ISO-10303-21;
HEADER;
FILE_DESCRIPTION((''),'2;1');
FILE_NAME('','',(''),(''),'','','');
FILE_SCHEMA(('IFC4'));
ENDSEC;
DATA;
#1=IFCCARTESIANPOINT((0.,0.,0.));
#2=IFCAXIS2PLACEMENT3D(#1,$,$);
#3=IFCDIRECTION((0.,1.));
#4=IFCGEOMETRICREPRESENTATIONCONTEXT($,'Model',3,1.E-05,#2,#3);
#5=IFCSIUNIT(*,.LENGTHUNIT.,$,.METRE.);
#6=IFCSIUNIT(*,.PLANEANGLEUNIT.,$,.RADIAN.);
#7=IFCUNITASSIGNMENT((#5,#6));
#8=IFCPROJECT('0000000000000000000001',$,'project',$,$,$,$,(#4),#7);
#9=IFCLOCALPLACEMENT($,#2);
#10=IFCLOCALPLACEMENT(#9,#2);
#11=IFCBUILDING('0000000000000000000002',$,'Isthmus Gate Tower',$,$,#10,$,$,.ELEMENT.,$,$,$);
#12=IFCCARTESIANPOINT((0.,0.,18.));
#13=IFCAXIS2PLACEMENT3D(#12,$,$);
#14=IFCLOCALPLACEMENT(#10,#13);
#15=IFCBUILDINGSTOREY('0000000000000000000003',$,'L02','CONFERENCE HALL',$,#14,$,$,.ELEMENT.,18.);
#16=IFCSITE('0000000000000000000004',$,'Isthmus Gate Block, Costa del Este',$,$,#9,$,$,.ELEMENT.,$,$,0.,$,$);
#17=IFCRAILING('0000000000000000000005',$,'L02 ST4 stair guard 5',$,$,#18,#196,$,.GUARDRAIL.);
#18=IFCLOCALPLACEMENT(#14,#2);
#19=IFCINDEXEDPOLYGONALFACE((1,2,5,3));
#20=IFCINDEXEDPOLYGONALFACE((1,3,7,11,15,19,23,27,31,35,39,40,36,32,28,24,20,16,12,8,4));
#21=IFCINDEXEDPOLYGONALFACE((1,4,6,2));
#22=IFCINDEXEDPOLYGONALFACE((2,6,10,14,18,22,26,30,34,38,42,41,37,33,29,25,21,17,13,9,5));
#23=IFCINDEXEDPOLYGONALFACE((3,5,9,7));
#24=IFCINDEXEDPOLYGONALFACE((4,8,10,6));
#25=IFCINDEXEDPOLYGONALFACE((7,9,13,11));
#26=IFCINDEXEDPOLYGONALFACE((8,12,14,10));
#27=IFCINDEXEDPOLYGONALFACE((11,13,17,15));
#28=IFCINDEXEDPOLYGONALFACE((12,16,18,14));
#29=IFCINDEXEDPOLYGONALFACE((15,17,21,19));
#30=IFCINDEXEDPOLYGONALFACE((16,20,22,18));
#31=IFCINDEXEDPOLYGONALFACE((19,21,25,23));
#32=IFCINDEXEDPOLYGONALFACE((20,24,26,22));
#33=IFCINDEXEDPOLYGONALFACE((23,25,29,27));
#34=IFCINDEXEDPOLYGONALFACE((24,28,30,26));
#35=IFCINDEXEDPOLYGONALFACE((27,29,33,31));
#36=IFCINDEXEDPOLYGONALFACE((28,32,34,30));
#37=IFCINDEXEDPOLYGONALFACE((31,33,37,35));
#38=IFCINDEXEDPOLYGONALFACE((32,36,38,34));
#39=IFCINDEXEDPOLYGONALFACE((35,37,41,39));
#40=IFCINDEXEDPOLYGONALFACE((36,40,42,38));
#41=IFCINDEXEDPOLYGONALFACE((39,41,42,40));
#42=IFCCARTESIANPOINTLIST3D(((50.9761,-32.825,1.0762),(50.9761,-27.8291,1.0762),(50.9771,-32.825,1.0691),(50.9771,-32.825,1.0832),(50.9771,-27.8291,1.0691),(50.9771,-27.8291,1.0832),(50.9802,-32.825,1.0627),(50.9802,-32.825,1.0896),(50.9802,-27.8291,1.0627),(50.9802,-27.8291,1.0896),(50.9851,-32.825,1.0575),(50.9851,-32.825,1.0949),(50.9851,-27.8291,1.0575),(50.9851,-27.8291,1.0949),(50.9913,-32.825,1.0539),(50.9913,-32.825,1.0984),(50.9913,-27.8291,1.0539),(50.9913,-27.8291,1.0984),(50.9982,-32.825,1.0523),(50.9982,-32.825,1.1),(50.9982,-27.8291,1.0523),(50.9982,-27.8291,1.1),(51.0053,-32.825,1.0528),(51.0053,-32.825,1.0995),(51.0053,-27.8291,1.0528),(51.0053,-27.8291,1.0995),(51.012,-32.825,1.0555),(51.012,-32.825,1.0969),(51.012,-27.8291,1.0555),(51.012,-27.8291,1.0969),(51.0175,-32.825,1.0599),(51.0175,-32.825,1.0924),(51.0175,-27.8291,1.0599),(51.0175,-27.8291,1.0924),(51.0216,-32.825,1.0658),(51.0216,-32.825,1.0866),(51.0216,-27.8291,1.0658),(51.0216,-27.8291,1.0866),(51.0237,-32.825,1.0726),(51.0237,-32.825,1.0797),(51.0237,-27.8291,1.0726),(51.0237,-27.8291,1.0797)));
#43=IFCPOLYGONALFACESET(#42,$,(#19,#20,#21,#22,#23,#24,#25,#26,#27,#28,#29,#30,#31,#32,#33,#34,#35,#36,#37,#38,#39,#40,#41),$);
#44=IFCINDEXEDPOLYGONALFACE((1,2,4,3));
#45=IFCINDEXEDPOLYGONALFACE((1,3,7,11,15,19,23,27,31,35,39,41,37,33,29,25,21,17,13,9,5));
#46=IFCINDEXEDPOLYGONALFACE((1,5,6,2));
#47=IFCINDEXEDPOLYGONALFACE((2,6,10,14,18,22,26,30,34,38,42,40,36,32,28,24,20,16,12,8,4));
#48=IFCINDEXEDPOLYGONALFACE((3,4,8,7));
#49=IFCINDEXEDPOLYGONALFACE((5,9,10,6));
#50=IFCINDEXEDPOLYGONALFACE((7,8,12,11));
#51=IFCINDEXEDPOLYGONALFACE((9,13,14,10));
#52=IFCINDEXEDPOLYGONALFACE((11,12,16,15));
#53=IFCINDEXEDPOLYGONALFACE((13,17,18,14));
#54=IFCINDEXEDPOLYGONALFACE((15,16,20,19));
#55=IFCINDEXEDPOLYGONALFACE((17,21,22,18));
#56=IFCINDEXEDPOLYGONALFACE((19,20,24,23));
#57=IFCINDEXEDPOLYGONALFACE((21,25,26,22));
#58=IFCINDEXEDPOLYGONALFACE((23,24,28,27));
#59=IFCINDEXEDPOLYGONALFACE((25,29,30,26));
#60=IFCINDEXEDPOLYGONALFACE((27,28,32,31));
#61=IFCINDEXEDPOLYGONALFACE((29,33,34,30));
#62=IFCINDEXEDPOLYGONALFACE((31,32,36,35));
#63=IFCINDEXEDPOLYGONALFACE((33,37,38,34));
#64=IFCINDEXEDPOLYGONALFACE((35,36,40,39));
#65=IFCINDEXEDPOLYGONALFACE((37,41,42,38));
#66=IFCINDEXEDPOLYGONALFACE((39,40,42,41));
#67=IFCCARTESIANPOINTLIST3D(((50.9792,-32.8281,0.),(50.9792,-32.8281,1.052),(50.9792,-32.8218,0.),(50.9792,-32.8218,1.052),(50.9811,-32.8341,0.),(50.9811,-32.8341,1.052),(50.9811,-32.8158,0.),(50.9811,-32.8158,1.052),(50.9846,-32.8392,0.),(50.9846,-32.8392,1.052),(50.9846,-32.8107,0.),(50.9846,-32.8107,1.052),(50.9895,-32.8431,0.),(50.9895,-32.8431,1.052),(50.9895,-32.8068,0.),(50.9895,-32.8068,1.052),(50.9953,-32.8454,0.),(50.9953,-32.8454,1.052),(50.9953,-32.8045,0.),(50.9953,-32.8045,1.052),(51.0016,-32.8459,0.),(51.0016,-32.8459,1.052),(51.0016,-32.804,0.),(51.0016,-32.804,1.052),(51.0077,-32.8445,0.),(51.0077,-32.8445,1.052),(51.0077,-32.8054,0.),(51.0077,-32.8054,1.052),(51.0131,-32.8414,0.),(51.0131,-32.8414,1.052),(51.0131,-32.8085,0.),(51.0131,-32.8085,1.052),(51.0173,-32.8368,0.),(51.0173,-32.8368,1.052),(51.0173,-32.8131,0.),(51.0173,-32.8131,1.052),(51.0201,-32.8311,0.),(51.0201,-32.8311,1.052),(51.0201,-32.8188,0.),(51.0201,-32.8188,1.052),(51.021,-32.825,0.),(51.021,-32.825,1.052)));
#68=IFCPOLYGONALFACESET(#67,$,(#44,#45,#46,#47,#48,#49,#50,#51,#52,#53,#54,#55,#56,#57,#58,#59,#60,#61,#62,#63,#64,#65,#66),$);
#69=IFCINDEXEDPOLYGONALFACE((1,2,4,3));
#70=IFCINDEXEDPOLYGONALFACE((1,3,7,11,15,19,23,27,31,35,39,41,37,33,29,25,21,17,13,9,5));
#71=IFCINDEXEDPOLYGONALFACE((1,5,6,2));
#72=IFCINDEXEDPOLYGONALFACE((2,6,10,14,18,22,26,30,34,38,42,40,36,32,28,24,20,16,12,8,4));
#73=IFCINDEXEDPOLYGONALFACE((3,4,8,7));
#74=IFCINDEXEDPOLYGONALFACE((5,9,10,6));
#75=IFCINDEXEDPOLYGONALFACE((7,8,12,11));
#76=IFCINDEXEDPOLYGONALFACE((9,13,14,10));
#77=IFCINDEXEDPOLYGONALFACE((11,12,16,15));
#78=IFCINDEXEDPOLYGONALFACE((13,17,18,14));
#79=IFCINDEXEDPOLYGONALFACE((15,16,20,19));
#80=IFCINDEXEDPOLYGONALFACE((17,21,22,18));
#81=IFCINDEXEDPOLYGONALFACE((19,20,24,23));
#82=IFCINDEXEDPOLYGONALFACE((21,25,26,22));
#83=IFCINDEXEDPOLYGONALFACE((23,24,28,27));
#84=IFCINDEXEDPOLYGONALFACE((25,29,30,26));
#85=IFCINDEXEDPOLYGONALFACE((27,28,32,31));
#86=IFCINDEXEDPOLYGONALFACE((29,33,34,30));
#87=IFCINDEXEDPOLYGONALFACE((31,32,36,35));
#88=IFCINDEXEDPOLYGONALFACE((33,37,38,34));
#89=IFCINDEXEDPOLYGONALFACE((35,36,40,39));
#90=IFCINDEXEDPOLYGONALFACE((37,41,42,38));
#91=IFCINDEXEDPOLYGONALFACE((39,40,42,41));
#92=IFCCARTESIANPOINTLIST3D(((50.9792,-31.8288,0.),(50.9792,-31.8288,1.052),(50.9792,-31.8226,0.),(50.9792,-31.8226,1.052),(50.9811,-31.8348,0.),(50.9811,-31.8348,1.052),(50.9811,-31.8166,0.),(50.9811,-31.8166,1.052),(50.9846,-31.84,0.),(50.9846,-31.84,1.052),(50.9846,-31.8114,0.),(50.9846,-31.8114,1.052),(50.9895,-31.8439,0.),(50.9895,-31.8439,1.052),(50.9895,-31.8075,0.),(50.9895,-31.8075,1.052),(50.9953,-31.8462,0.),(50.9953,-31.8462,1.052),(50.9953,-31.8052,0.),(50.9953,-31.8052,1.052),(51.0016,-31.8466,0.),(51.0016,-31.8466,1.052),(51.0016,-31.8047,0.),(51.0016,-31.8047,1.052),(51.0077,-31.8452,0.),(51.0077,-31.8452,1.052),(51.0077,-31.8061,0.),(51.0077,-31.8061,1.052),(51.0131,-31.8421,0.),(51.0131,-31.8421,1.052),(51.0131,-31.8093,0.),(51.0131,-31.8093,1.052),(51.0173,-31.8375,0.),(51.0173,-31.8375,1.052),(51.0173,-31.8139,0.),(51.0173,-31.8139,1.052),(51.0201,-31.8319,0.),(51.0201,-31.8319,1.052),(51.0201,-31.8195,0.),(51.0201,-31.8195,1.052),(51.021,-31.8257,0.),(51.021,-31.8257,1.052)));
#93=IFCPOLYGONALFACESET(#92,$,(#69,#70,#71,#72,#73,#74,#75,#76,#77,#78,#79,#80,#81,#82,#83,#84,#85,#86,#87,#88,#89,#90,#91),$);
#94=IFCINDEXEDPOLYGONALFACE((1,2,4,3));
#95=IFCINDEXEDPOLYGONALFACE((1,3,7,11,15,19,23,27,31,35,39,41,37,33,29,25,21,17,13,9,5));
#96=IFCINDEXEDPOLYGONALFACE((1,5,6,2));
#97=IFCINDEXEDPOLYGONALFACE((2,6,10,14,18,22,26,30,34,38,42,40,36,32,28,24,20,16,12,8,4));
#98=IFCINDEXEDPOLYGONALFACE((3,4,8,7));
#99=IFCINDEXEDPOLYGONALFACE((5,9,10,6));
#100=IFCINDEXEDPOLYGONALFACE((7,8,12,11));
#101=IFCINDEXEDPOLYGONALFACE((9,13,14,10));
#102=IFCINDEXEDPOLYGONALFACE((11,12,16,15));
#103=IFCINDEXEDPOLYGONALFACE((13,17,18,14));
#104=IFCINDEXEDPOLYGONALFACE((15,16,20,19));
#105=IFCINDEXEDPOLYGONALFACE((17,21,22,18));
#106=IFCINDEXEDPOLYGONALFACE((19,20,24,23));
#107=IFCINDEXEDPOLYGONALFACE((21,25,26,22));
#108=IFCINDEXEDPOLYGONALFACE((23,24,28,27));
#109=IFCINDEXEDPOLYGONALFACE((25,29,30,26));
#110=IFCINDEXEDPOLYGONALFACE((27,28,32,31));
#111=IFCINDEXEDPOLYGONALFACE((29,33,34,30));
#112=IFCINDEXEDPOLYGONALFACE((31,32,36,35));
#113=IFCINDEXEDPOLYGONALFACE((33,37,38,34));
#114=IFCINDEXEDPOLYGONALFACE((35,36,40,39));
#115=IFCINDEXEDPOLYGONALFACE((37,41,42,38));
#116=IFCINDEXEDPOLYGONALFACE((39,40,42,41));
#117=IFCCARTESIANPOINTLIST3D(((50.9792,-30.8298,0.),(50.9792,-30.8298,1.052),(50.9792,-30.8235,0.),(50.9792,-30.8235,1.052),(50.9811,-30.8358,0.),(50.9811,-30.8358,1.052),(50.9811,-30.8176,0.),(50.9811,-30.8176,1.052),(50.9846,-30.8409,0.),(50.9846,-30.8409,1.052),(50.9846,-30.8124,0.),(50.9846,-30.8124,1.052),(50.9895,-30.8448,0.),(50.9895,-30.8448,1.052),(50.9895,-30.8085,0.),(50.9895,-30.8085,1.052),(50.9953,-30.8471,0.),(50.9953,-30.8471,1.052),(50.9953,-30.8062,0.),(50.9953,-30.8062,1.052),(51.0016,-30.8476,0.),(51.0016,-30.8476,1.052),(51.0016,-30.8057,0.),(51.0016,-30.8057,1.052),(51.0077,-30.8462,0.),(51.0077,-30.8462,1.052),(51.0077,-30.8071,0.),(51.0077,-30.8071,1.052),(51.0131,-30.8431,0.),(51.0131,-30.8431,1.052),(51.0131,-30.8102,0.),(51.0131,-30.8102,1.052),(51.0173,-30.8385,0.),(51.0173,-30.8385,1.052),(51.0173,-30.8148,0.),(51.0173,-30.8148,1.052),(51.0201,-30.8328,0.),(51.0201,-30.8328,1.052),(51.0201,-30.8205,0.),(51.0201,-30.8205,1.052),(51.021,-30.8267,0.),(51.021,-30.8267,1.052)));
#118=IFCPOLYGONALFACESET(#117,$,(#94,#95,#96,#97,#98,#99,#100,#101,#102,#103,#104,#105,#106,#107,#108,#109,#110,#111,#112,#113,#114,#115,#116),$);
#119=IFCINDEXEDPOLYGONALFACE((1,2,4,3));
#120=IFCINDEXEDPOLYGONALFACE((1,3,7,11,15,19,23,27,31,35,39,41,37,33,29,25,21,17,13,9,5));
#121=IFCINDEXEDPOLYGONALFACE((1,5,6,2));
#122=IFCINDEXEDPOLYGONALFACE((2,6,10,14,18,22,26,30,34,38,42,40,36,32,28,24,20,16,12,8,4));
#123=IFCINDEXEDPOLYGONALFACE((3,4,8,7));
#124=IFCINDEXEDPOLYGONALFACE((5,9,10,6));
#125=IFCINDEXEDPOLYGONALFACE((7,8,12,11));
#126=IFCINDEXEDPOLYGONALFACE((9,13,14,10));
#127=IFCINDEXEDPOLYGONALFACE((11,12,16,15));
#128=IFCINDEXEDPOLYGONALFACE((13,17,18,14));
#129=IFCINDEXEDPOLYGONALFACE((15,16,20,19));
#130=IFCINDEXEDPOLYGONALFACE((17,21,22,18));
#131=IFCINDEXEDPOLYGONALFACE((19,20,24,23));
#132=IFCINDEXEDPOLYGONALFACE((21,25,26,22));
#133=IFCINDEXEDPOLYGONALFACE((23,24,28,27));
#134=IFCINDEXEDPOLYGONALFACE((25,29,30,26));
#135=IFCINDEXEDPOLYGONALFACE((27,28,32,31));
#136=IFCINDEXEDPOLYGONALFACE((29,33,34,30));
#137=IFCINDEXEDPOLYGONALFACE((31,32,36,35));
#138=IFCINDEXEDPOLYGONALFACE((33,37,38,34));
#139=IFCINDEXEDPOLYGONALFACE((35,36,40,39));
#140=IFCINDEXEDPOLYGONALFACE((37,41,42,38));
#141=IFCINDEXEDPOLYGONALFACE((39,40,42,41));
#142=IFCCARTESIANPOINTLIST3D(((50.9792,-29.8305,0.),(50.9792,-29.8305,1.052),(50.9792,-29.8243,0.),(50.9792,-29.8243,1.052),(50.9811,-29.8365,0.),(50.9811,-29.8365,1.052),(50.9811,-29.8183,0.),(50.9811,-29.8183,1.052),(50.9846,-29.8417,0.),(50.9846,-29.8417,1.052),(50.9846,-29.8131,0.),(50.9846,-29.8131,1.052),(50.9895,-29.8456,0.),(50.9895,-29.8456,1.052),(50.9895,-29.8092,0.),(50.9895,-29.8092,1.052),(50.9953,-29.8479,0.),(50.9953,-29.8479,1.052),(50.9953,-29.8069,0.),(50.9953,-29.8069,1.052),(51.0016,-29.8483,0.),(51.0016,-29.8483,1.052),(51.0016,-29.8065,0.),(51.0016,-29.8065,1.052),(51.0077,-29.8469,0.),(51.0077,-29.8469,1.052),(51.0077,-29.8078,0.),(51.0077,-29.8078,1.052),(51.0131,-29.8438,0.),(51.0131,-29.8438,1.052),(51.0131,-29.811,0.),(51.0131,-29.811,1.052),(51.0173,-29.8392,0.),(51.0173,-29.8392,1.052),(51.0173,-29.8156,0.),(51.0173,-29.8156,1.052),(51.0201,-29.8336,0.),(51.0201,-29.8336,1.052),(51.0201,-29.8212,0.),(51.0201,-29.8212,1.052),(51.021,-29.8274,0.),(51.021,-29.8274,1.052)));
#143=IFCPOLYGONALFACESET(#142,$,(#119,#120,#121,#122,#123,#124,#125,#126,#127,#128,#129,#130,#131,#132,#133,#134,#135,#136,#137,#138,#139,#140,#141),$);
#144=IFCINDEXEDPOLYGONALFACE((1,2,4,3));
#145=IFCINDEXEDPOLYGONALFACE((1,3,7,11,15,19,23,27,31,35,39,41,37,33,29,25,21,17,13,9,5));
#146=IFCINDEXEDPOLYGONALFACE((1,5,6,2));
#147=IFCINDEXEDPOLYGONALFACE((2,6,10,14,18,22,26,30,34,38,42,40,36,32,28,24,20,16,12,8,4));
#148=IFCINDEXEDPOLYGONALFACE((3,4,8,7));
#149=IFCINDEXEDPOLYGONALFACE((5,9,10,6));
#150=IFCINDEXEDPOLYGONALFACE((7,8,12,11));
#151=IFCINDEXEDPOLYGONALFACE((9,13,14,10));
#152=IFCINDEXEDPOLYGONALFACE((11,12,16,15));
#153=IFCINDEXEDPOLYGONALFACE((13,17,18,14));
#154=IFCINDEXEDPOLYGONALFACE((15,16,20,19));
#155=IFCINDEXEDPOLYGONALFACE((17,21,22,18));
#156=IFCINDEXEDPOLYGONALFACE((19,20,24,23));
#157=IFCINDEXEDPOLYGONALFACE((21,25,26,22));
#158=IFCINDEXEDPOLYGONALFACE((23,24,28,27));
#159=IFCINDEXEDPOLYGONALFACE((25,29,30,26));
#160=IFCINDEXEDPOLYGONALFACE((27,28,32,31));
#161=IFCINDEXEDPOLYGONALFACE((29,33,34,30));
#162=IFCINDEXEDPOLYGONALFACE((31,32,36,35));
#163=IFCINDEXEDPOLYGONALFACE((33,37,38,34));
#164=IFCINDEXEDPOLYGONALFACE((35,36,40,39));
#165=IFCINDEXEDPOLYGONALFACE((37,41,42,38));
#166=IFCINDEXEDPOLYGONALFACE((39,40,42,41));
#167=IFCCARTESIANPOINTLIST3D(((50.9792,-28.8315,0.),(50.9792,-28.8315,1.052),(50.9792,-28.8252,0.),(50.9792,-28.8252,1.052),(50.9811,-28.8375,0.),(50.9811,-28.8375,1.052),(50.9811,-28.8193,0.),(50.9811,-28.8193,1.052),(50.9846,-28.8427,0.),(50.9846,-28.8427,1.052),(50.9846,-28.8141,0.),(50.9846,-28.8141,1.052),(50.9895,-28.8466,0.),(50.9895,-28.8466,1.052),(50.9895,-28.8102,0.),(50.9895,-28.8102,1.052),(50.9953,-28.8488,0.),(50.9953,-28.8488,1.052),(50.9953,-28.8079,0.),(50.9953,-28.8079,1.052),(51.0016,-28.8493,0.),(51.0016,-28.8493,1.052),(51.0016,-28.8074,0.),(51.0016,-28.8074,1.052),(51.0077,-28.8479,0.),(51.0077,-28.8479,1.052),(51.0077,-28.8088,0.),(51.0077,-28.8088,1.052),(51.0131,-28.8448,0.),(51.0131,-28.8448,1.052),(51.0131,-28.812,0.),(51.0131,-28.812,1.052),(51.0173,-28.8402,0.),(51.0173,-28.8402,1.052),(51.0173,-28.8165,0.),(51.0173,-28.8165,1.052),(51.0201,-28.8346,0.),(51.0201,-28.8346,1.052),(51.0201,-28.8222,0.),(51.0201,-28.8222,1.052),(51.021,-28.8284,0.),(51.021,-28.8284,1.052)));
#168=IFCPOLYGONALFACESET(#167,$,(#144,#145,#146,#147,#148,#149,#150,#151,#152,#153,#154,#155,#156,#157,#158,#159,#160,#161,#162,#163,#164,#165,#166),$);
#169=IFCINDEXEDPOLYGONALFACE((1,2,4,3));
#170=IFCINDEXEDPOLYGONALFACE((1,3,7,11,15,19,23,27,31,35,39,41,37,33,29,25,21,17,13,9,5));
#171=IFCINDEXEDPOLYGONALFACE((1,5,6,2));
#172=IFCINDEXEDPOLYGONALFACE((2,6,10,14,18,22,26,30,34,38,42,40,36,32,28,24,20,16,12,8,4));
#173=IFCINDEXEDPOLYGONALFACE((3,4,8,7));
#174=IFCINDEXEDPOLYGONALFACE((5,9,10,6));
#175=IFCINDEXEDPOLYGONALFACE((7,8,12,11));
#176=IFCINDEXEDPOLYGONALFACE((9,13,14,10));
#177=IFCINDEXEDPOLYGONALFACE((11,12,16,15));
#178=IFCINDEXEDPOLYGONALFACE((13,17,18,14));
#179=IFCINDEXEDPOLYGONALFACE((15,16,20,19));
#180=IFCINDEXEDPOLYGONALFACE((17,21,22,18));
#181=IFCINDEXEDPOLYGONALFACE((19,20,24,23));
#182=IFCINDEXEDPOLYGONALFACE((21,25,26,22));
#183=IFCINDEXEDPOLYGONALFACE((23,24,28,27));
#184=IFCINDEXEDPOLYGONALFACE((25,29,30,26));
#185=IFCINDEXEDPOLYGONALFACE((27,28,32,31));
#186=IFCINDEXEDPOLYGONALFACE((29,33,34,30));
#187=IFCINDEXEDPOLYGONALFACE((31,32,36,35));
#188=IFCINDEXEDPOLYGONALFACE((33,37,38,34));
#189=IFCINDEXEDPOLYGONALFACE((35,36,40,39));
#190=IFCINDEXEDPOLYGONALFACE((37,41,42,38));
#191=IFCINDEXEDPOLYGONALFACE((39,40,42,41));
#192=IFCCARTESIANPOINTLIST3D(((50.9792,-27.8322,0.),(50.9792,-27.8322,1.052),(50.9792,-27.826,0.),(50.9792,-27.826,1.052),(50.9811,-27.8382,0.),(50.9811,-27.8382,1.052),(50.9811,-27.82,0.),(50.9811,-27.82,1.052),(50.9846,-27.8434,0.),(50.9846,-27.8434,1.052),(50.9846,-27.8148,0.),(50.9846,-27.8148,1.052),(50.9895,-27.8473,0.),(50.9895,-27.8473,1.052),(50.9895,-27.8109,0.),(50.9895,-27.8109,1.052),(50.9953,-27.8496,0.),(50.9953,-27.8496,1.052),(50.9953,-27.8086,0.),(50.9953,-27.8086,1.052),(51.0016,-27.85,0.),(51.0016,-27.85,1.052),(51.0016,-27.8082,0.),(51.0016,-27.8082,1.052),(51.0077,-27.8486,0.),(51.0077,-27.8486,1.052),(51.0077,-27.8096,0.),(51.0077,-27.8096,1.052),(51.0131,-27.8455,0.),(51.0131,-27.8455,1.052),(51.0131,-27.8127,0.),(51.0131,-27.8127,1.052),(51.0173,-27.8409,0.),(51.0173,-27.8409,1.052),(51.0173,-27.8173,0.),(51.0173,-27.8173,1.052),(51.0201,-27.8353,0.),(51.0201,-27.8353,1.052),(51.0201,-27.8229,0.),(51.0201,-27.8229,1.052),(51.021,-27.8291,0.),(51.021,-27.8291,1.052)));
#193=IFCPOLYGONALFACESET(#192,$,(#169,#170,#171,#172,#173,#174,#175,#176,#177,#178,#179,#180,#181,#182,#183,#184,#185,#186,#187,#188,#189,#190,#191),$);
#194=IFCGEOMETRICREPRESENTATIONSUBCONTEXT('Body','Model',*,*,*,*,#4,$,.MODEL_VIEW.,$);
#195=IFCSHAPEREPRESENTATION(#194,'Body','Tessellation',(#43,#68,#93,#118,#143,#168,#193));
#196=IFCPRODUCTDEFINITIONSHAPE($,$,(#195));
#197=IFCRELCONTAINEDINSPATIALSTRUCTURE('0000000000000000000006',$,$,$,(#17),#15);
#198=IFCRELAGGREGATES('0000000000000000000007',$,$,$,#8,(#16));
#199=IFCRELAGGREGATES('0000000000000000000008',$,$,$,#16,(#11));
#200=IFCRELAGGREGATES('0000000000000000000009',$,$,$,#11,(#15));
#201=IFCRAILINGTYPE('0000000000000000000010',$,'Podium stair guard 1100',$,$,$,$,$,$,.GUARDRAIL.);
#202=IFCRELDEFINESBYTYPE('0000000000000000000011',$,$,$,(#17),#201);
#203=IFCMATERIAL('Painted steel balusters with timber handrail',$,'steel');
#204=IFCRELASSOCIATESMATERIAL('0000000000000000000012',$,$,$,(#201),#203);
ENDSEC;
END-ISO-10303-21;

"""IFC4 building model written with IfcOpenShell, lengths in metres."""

from ifc_helpers import new_model, si_unit, direction, frame, origin, origin_2d, place, context, subcontext, project, spatial, circle, extrude, material, type_object, element, save


model = new_model("IFC4")

# Units and contexts
model_context = context("Model", 3, precision=1e-05, world=origin(), true_north=direction((0.0, 1.0)))
body_context = subcontext(model_context, "Body", "Model", "MODEL_VIEW")
ifc_project = project(units=[si_unit("LENGTHUNIT", "METRE"), si_unit("PLANEANGLEUNIT", "RADIAN")], contexts=[model_context])

# Site, building, storey
site_placement = place(None, origin())
site = spatial("IfcSite", under=ifc_project, at=site_placement, Name="Isthmus Gate Block, Costa del Este", CompositionType="ELEMENT", RefElevation=0.0)
building_placement = place(site_placement, origin())
building = spatial("IfcBuilding", under=site, at=building_placement, Name="Isthmus Gate Tower", CompositionType="ELEMENT")
storey_placement = place(building_placement, frame((0.0, 0.0, 18.0)))
storey = spatial("IfcBuildingStorey", under=building, at=storey_placement, Name="L02", Description="CONFERENCE HALL", CompositionType="ELEMENT", Elevation=18.0)

# Railing
ifc_material_1 = material(Name="Painted steel balusters with timber handrail", Category="steel")
railing_type_1 = type_object("IfcRailingType", Name="Podium stair guard 1100", PredefinedType="GUARDRAIL", material=ifc_material_1)
railing_1_placement = place(storey_placement, frame((51.0, -32.825, 0.0)))
element("IfcRailing", 1, at=railing_1_placement, inside=storey, type_object=railing_type_1, Name="L02 ST4 stair guard 5", PredefinedType="GUARDRAIL", context=body_context, shape_type="SweptSolid", body=[
    extrude(circle(Radius=0.0239, at=origin_2d()), frame((0.0, 0.0, 1.0762), z_axis=(0.0, 1.0, 0.0), x_axis=(-1.0, 0.0, 0.0)), (0.0, 0.0, 1.0), 4.9958),
    extrude(circle(Radius=0.021, at=origin_2d()), origin(), (0.0, 0.0, 1.0), 1.052),
    extrude(circle(Radius=0.021, at=origin_2d()), frame((0.0, 0.9993, 0.0)), (0.0, 0.0, 1.0), 1.052),
    extrude(circle(Radius=0.021, at=origin_2d()), frame((0.0, 1.9983, 0.0)), (0.0, 0.0, 1.0), 1.052),
    extrude(circle(Radius=0.021, at=origin_2d()), frame((0.0, 2.9976, 0.0)), (0.0, 0.0, 1.0), 1.052),
    extrude(circle(Radius=0.021, at=origin_2d()), frame((0.0, 3.9966, 0.0)), (0.0, 0.0, 1.0), 1.052),
    extrude(circle(Radius=0.021, at=origin_2d()), frame((0.0, 4.9958, 0.0)), (0.0, 0.0, 1.0), 1.052),
])

save(model, "model.ifc")
